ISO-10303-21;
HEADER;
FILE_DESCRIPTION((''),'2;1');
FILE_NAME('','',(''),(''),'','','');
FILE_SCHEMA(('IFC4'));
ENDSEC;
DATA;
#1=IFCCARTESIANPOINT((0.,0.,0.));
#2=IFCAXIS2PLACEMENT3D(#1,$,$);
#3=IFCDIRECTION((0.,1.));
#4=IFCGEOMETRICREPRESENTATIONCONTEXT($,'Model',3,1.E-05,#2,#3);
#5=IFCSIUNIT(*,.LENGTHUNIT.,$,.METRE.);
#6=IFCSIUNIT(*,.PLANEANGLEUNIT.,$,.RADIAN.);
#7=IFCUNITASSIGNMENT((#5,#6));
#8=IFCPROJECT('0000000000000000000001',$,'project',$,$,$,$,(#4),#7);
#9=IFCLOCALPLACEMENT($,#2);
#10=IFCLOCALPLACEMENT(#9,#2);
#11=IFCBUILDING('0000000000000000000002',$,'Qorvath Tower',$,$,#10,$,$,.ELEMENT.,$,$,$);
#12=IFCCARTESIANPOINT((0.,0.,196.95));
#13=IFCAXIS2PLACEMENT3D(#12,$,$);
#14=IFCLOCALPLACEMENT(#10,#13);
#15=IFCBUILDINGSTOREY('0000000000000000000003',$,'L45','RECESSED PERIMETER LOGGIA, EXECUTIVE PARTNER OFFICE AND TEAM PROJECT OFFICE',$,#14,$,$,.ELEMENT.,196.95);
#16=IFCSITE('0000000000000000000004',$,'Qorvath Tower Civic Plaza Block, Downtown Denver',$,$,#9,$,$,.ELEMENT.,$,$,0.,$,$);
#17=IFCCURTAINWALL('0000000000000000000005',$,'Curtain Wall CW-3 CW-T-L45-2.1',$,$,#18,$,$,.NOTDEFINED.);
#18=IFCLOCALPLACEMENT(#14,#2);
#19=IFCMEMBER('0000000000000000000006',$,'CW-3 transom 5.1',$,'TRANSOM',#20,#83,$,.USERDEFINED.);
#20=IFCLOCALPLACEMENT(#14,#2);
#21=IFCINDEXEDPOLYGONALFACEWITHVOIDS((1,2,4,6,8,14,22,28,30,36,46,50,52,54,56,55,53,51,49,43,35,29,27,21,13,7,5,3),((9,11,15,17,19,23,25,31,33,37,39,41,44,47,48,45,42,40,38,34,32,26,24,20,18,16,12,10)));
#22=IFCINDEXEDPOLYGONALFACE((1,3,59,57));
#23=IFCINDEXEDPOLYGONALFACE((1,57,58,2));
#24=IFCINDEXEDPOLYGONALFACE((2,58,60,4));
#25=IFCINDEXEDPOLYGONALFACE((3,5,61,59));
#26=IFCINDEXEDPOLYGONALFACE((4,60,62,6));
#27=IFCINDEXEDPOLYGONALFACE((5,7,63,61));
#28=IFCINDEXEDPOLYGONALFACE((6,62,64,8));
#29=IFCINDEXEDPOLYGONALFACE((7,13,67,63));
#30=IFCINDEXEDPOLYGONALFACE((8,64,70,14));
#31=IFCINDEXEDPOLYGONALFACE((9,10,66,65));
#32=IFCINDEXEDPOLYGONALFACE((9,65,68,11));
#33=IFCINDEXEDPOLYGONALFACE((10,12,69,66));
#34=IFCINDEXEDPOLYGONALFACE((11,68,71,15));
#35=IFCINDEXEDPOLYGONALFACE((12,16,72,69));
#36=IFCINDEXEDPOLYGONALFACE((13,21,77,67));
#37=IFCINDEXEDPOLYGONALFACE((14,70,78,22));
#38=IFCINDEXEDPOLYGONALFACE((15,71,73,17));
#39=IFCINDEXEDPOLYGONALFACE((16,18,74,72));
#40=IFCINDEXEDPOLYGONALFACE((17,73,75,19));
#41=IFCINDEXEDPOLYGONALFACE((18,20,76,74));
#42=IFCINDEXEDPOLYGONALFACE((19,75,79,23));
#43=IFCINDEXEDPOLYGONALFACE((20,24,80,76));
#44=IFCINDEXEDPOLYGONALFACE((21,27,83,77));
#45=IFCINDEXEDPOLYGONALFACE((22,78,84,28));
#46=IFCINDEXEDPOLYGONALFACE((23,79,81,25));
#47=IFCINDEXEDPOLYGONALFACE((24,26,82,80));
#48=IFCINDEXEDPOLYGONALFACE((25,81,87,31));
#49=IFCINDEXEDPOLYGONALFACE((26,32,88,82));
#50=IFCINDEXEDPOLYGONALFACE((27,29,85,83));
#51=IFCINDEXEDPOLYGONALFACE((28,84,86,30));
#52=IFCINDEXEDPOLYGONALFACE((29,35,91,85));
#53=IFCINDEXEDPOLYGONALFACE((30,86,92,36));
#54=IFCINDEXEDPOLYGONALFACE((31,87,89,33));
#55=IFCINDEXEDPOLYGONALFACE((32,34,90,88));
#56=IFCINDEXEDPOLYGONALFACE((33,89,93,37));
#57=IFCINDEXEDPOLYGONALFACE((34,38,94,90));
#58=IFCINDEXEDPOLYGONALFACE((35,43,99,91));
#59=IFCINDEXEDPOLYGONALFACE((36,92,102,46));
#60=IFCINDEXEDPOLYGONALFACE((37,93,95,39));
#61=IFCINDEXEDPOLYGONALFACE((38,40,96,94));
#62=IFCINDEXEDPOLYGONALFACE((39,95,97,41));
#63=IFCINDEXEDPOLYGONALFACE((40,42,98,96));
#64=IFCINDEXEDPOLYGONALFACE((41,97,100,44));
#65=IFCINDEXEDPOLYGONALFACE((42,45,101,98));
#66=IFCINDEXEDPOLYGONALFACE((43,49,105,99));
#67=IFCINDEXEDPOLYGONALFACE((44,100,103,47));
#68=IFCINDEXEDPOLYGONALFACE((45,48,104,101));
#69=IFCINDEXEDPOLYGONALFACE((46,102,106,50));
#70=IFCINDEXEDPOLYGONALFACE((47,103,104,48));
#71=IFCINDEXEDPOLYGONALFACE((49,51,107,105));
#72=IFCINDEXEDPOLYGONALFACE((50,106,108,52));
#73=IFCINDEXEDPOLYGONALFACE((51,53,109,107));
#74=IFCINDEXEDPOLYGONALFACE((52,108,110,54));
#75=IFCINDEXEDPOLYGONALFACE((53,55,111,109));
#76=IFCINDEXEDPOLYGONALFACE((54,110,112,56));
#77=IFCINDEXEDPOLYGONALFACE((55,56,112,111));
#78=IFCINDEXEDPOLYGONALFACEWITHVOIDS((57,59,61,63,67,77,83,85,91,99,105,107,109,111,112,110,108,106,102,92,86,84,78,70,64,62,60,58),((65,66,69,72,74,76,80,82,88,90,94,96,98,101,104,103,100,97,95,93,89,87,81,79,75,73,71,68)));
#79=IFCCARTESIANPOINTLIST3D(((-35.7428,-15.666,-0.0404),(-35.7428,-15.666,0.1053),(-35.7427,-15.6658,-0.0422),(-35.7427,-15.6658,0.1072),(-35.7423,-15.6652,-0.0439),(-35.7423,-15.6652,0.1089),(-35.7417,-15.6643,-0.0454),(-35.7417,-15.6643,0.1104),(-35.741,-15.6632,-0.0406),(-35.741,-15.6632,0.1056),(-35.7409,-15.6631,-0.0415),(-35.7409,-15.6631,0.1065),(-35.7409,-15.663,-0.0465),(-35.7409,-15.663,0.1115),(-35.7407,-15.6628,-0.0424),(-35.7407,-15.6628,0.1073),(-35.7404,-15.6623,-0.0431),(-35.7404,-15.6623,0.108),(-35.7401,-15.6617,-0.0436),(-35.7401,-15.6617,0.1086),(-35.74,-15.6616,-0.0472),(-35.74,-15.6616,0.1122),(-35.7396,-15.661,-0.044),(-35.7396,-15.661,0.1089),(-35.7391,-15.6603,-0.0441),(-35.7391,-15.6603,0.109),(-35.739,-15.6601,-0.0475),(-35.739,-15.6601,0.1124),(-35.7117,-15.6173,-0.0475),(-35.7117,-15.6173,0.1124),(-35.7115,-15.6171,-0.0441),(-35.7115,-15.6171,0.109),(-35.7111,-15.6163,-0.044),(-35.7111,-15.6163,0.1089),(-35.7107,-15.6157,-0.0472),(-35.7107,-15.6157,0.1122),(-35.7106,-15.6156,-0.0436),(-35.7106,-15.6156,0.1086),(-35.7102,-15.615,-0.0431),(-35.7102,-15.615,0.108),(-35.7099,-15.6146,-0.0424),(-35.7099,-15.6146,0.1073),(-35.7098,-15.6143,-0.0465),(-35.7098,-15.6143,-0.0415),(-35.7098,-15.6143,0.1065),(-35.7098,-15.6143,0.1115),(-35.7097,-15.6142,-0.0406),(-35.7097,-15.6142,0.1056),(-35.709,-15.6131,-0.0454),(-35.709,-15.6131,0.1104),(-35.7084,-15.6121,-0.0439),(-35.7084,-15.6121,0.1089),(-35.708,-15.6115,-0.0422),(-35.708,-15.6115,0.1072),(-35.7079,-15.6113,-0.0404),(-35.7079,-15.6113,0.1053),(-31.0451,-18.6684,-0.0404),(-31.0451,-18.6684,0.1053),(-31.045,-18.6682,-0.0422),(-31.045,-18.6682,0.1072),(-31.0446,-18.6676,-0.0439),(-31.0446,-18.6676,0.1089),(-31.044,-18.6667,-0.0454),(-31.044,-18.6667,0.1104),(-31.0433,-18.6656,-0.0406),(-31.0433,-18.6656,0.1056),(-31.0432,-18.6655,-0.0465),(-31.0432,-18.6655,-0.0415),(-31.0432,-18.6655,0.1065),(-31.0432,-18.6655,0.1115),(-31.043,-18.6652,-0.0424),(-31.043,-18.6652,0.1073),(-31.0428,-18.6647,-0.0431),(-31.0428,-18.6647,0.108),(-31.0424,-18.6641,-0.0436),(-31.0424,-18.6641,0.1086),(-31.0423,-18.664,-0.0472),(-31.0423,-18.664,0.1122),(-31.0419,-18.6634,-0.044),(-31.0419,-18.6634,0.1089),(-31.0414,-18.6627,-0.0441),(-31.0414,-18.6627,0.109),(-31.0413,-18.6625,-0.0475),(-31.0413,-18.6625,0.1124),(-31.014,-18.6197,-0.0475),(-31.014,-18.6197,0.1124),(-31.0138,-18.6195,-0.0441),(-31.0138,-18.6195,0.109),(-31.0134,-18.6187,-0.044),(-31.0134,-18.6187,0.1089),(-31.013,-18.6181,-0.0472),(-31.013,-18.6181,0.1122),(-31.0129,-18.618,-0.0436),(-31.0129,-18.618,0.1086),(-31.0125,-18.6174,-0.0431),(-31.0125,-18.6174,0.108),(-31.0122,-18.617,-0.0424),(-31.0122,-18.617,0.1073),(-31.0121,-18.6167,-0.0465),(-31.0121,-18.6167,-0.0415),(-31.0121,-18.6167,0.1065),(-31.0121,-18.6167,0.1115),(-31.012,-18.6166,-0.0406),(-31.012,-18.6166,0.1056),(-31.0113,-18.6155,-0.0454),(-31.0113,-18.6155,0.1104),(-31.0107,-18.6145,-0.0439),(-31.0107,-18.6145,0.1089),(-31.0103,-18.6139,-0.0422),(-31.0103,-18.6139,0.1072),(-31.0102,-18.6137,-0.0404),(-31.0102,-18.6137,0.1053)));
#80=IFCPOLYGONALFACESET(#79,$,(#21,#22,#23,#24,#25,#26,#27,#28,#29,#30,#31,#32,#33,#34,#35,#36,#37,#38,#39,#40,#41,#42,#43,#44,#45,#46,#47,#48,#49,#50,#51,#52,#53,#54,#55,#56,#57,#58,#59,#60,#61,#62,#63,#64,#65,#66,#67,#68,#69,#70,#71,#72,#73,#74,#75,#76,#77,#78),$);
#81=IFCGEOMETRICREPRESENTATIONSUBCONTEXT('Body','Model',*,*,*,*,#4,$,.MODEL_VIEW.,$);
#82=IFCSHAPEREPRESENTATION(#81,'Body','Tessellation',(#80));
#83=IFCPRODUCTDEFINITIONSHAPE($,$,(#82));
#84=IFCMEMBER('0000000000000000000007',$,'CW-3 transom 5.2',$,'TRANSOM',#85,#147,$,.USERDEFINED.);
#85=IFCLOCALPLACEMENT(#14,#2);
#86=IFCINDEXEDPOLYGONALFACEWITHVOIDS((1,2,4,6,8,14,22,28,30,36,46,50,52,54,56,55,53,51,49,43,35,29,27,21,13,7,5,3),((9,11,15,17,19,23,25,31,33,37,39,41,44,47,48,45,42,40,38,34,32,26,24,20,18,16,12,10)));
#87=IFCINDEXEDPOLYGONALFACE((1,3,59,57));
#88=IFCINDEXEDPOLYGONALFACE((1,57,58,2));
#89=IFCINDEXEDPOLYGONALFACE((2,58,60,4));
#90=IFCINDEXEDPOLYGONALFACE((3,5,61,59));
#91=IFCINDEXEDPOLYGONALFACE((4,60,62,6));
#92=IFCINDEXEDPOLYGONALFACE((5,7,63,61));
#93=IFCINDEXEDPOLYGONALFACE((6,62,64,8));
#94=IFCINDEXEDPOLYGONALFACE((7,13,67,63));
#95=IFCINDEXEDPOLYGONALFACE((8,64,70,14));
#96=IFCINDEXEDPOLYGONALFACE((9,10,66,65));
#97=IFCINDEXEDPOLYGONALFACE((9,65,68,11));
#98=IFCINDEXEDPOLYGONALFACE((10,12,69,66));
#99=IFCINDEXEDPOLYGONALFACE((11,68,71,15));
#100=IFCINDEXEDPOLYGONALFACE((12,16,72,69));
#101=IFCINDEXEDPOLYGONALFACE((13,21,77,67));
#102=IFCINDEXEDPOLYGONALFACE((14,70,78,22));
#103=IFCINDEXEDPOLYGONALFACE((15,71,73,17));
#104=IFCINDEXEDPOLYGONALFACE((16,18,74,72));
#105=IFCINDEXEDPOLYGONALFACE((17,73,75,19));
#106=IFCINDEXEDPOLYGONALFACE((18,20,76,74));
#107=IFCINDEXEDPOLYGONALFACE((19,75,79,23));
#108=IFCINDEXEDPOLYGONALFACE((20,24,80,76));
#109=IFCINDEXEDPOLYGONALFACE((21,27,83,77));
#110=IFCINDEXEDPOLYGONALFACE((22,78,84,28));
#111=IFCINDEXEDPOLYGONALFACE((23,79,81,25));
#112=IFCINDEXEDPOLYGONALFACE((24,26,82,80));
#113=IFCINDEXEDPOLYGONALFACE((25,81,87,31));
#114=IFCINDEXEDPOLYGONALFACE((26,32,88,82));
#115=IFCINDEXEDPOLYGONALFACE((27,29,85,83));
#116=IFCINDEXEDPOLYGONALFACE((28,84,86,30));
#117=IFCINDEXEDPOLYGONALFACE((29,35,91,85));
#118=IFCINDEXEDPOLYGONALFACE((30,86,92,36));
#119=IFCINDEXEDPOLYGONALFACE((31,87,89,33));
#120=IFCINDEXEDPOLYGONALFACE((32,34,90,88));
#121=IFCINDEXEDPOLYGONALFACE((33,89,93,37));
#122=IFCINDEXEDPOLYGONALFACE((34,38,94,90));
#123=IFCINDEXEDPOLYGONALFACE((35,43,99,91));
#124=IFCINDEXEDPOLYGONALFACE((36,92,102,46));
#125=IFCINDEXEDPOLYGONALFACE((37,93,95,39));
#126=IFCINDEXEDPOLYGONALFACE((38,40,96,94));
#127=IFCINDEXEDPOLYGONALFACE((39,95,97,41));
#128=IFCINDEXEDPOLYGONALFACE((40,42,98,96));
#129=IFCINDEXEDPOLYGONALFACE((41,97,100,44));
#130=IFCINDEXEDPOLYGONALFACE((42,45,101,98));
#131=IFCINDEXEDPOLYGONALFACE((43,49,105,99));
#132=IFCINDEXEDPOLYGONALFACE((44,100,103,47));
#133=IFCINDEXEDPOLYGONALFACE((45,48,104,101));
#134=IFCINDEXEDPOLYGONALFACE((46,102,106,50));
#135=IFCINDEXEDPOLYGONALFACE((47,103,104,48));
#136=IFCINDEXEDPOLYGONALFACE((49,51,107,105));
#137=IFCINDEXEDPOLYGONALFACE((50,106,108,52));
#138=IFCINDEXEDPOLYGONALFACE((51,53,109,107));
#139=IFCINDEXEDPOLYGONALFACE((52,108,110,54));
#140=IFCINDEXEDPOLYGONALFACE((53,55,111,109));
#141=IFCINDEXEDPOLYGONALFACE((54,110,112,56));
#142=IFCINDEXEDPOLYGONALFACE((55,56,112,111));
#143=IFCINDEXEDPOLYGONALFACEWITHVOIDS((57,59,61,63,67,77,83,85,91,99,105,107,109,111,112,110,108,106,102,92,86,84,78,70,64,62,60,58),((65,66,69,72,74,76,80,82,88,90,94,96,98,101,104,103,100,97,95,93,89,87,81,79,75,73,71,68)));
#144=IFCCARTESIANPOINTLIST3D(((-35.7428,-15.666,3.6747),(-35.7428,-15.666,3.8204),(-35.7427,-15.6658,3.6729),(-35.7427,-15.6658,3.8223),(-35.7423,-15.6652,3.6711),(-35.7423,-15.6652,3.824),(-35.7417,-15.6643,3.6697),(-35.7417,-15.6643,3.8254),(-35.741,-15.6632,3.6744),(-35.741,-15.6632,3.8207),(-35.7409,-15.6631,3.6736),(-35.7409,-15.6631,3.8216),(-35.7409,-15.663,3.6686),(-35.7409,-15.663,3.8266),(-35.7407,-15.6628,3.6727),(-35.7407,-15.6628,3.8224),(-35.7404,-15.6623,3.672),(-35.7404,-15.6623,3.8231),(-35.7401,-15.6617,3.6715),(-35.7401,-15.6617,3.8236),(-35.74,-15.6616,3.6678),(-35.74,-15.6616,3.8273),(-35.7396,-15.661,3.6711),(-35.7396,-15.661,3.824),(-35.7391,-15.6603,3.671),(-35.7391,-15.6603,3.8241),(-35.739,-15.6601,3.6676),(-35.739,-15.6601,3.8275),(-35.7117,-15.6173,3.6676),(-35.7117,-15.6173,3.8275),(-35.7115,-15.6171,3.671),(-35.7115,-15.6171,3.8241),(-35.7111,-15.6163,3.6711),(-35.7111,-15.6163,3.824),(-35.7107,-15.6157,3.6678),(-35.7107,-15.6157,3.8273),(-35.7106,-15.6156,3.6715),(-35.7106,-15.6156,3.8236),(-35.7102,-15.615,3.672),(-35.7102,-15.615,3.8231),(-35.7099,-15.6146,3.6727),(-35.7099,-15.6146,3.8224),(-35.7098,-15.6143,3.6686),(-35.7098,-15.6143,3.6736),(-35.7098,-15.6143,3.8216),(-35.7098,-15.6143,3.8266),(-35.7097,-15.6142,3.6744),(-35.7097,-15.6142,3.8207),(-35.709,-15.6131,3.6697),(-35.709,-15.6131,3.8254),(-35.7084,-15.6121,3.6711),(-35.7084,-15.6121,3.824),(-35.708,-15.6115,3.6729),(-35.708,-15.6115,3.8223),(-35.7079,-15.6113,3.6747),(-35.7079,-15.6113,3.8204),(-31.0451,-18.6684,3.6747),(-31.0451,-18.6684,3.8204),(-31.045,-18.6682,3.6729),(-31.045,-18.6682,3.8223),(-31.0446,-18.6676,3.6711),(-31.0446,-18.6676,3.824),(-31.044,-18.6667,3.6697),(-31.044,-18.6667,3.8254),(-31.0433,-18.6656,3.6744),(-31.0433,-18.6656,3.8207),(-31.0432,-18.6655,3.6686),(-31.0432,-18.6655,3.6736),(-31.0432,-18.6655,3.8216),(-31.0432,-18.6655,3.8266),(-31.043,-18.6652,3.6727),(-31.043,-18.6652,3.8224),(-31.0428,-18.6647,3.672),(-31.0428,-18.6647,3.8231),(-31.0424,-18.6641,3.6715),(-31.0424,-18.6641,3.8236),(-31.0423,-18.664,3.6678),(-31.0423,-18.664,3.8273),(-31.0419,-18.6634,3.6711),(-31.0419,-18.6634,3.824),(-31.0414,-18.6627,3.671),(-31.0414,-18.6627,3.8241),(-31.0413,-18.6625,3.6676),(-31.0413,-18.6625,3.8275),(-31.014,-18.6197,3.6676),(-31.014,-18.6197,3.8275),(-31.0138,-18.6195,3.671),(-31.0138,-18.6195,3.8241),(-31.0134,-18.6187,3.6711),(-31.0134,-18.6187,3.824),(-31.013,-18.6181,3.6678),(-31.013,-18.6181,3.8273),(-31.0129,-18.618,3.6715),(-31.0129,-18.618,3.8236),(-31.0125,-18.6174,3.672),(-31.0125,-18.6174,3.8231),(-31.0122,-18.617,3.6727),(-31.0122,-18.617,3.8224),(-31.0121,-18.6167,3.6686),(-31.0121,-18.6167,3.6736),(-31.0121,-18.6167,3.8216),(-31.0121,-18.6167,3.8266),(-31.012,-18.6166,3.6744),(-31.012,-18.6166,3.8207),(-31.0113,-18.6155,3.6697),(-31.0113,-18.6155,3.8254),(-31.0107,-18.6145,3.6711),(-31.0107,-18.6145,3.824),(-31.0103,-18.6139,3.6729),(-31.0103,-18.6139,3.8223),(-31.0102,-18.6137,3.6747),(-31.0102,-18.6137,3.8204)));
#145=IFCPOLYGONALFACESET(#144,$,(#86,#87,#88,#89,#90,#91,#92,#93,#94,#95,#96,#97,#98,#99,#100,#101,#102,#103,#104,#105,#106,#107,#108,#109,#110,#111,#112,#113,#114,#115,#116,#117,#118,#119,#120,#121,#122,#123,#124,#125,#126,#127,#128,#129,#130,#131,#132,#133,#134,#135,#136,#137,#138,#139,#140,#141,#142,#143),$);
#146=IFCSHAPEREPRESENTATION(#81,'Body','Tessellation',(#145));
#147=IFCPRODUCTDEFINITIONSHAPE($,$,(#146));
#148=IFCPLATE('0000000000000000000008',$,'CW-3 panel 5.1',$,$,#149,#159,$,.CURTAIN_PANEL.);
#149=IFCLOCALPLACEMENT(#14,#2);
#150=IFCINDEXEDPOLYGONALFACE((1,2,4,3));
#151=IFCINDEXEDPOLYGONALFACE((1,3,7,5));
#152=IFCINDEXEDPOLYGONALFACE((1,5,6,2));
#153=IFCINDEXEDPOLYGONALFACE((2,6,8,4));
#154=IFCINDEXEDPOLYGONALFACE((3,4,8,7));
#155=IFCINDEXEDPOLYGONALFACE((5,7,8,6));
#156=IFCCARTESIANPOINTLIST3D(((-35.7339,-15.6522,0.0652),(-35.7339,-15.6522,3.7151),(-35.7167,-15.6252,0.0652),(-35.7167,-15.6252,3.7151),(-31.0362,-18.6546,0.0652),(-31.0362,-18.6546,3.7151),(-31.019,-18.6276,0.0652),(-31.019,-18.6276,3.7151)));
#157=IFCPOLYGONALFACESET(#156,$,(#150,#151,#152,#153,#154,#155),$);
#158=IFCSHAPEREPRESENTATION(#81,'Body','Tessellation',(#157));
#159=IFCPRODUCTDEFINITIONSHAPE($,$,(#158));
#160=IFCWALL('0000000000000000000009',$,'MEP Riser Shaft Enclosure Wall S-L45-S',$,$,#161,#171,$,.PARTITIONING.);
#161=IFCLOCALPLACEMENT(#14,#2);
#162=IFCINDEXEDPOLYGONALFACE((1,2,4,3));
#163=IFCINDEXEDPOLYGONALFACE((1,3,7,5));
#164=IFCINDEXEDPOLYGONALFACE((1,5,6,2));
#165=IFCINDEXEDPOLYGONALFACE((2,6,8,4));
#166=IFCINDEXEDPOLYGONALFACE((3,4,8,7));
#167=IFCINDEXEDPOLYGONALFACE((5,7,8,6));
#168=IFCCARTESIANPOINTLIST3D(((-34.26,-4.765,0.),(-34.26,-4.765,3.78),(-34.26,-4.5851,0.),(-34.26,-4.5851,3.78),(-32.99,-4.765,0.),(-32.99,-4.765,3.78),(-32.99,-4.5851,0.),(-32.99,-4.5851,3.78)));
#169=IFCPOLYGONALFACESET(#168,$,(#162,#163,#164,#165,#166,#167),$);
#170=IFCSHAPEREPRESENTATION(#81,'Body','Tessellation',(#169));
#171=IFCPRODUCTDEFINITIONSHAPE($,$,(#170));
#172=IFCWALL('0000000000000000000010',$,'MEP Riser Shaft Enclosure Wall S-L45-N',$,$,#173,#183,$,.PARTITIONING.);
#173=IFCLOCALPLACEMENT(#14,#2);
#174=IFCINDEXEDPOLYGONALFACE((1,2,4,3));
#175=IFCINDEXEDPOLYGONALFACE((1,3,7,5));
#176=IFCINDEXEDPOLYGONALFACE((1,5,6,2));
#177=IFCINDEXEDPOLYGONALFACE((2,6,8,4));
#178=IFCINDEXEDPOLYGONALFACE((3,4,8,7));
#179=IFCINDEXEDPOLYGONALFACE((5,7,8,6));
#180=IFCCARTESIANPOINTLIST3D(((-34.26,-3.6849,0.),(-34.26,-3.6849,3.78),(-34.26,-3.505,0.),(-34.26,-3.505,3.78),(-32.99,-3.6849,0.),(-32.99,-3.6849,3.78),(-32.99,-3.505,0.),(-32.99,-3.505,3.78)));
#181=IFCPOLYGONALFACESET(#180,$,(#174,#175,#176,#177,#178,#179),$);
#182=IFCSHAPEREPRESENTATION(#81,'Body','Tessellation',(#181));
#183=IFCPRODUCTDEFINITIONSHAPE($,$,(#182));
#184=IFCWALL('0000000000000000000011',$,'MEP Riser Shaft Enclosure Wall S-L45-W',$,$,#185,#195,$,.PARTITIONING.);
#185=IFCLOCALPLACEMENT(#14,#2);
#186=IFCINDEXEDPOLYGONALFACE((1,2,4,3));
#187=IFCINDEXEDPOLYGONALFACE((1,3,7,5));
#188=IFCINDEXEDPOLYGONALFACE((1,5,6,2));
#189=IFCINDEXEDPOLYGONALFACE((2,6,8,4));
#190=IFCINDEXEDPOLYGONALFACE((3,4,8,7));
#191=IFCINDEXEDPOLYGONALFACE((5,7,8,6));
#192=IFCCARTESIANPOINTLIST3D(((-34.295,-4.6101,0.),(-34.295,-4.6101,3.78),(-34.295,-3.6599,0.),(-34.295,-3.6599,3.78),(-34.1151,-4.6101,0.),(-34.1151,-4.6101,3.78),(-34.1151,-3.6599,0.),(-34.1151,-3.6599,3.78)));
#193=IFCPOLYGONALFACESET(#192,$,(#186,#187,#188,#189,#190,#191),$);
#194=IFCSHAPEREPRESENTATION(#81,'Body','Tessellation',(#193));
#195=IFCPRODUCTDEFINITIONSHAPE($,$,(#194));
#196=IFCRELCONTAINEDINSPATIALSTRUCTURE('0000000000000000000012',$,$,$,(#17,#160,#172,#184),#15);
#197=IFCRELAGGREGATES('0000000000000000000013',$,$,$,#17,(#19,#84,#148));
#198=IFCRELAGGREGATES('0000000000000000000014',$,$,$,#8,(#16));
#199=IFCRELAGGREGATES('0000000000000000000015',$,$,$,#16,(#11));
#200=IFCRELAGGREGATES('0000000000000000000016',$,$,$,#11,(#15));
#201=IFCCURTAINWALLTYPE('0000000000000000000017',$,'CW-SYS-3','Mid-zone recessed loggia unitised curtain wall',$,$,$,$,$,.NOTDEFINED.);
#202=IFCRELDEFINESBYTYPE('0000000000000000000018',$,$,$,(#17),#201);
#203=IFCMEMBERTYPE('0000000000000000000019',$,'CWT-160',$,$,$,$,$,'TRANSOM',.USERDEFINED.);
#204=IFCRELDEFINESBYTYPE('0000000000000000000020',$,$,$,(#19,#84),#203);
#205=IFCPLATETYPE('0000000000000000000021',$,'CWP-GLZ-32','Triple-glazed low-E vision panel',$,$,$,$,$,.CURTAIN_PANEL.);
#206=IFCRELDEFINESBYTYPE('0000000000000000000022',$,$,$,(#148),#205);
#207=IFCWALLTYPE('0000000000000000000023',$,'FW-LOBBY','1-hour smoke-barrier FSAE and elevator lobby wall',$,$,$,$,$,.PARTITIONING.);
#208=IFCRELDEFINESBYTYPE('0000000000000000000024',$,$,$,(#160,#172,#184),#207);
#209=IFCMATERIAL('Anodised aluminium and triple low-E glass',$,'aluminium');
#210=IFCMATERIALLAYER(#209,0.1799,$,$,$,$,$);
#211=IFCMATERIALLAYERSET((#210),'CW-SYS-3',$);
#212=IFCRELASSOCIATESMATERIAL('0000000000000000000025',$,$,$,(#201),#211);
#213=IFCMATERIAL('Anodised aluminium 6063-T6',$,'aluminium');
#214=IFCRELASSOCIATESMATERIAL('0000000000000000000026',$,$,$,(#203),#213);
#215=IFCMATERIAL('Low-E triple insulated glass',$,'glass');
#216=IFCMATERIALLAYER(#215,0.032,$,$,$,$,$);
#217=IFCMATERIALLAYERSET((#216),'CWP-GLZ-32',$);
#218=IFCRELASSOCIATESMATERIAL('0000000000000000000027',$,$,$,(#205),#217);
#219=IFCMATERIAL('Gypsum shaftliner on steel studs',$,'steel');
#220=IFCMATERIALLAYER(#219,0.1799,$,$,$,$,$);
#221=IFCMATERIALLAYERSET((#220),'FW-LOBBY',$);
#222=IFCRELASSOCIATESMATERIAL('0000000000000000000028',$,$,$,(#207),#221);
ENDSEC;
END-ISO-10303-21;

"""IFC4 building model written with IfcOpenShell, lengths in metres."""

from ifc_helpers import new_model, si_unit, direction, frame, frame_2d, origin, origin_2d, place, context, subcontext, project, spatial, rectangle, hollow_rectangle, extrude, material, layer, layer_set, material_profile, profile_set, type_object, element, aggregate, save


model = new_model("IFC4")

# Units and contexts
model_context = context("Model", 3, precision=1e-05, world=origin(), true_north=direction((0.0, 1.0)))
body_context = subcontext(model_context, "Body", "Model", "MODEL_VIEW")
ifc_project = project(units=[si_unit("LENGTHUNIT", "METRE"), si_unit("PLANEANGLEUNIT", "RADIAN")], contexts=[model_context])

# Site, building, storey
site_placement = place(None, origin())
site = spatial("IfcSite", under=ifc_project, at=site_placement, Name="Qorvath Tower Civic Plaza Block, Downtown Denver", CompositionType="ELEMENT", RefElevation=0.0)
building_placement = place(site_placement, origin())
building = spatial("IfcBuilding", under=site, at=building_placement, Name="Qorvath Tower", CompositionType="ELEMENT")
storey_placement = place(building_placement, frame((0.0, 0.0, 196.95)))
storey = spatial("IfcBuildingStorey", under=building, at=storey_placement, Name="L45", Description="RECESSED PERIMETER LOGGIA, EXECUTIVE PARTNER OFFICE AND TEAM PROJECT OFFICE", CompositionType="ELEMENT", Elevation=196.95)

# Curtain wall, members, plate
ifc_material_1 = material(Name="Anodised aluminium and triple low-E glass", Category="aluminium")
ifc_layer_1 = layer(ifc_material_1, 0.1799)
ifc_layer_set_1 = layer_set([ifc_layer_1], Name="CW-SYS-3")
curtain_wall_type = type_object("IfcCurtainWallType", Name="CW-SYS-3", Description="Mid-zone recessed loggia unitised curtain wall", PredefinedType="NOTDEFINED", material=ifc_layer_set_1)
curtain_wall_placement = place(storey_placement, origin())
curtain_wall = element("IfcCurtainWall", 1, at=curtain_wall_placement, inside=storey, type_object=curtain_wall_type, Name="Curtain Wall CW-3 CW-T-L45-2.1", PredefinedType="NOTDEFINED")
ifc_material_2 = material(Name="Anodised aluminium 6063-T6", Category="aluminium")
ifc_material_profile_1 = material_profile(ifc_material_2, hollow_rectangle(XDim=0.0649, YDim=0.1599, WallThickness=0.0034, InnerFilletRadius=0.0034, OuterFilletRadius=0.0071, at=origin_2d()), Name="CWT 160x65")
ifc_profile_set_1 = profile_set([ifc_material_profile_1], Name="Anodised aluminium 6063-T6")
member_type_1 = type_object("IfcMemberType", Name="CWT-160", ElementType="TRANSOM", PredefinedType="USERDEFINED", material=ifc_profile_set_1)
member_1_placement = place(storey_placement, frame((-35.7253, -15.6387, 0.0325), z_axis=(0.842607, -0.538529, 0.0), x_axis=(0.538529, 0.842607, 0.0)))
member_1 = element("IfcMember", 2, at=member_1_placement, type_object=member_type_1, Name="CW-3 transom 5.1", ObjectType="TRANSOM", PredefinedType="USERDEFINED", context=body_context, shape_type="SweptSolid", body=[
    extrude(hollow_rectangle(XDim=0.0649, YDim=0.1599, WallThickness=0.0034, InnerFilletRadius=0.0034, OuterFilletRadius=0.0071, at=origin_2d()), origin(), (0.0, 0.0, 1.0), 5.5752),
])
member_2_placement = place(storey_placement, frame((-35.7253, -15.6387, 3.7476), z_axis=(0.842607, -0.538529, 0.0), x_axis=(0.538529, 0.842607, 0.0)))
member_2 = element("IfcMember", 3, at=member_2_placement, type_object=member_type_1, Name="CW-3 transom 5.2", ObjectType="TRANSOM", PredefinedType="USERDEFINED", context=body_context, shape_type="SweptSolid", body=[
    extrude(hollow_rectangle(XDim=0.0649, YDim=0.1599, WallThickness=0.0034, InnerFilletRadius=0.0034, OuterFilletRadius=0.0071, at=origin_2d()), origin(), (0.0, 0.0, 1.0), 5.5752),
])
ifc_material_3 = material(Name="Low-E triple insulated glass", Category="glass")
ifc_layer_2 = layer(ifc_material_3, 0.032)
ifc_layer_set_2 = layer_set([ifc_layer_2], Name="CWP-GLZ-32")
plate_type = type_object("IfcPlateType", Name="CWP-GLZ-32", Description="Triple-glazed low-E vision panel", PredefinedType="CURTAIN_PANEL", material=ifc_layer_set_2)
plate_placement = place(storey_placement, frame((-33.3765, -17.1399, 0.0652), z_axis=(0.0, 0.0, 1.0), x_axis=(0.842604, -0.538534, 0.0)))
plate = element("IfcPlate", 4, at=plate_placement, type_object=plate_type, Name="CW-3 panel 5.1", PredefinedType="CURTAIN_PANEL", context=body_context, shape_type="SweptSolid", body=[
    extrude(rectangle(XDim=5.5752, YDim=0.032, at=origin_2d()), origin(), (0.0, 0.0, 1.0), 3.6499),
])
aggregate(curtain_wall, [member_1, member_2, plate])

# Walls
ifc_material_4 = material(Name="Gypsum shaftliner on steel studs", Category="steel")
ifc_layer_3 = layer(ifc_material_4, 0.1799)
ifc_layer_set_3 = layer_set([ifc_layer_3], Name="FW-LOBBY")
wall_type_1 = type_object("IfcWallType", Name="FW-LOBBY", Description="1-hour smoke-barrier FSAE and elevator lobby wall", PredefinedType="PARTITIONING", material=ifc_layer_set_3)
for number, where, z_axis, x_axis, name in (
    (5, (-32.99, -4.675, 0.0), (0.0, 0.0, 1.0), (-1.0, 0.0, 0.0), "MEP Riser Shaft Enclosure Wall S-L45-S"),
    (6, (-34.26, -3.595, 0.0), (0.0, 0.0, 1.0), (1.0, 0.0, 0.0), "MEP Riser Shaft Enclosure Wall S-L45-N"),
):
    element("IfcWall", number, at=place(storey_placement, frame(where, z_axis=z_axis, x_axis=x_axis)), inside=storey, type_object=wall_type_1, Name=name, PredefinedType="PARTITIONING", context=body_context, shape_type="SweptSolid", body=[
        extrude(rectangle(XDim=1.27, YDim=0.1799, at=frame_2d((0.635, 0.0))), origin(), (0.0, 0.0, 1.0), 3.78),
    ])
for number, where, z_axis, x_axis, name in (
    (7, (-34.2051, -4.6101, 0.0), (0.0, 0.0, 1.0), (0.0, 1.0, 0.0), "MEP Riser Shaft Enclosure Wall S-L45-W"),
):
    element("IfcWall", number, at=place(storey_placement, frame(where, z_axis=z_axis, x_axis=x_axis)), inside=storey, type_object=wall_type_1, Name=name, PredefinedType="PARTITIONING", context=body_context, shape_type="SweptSolid", body=[
        extrude(rectangle(XDim=0.9502, YDim=0.1799, at=frame_2d((0.4751, 0.0))), origin(), (0.0, 0.0, 1.0), 3.78),
    ])

save(model, "model.ifc")
